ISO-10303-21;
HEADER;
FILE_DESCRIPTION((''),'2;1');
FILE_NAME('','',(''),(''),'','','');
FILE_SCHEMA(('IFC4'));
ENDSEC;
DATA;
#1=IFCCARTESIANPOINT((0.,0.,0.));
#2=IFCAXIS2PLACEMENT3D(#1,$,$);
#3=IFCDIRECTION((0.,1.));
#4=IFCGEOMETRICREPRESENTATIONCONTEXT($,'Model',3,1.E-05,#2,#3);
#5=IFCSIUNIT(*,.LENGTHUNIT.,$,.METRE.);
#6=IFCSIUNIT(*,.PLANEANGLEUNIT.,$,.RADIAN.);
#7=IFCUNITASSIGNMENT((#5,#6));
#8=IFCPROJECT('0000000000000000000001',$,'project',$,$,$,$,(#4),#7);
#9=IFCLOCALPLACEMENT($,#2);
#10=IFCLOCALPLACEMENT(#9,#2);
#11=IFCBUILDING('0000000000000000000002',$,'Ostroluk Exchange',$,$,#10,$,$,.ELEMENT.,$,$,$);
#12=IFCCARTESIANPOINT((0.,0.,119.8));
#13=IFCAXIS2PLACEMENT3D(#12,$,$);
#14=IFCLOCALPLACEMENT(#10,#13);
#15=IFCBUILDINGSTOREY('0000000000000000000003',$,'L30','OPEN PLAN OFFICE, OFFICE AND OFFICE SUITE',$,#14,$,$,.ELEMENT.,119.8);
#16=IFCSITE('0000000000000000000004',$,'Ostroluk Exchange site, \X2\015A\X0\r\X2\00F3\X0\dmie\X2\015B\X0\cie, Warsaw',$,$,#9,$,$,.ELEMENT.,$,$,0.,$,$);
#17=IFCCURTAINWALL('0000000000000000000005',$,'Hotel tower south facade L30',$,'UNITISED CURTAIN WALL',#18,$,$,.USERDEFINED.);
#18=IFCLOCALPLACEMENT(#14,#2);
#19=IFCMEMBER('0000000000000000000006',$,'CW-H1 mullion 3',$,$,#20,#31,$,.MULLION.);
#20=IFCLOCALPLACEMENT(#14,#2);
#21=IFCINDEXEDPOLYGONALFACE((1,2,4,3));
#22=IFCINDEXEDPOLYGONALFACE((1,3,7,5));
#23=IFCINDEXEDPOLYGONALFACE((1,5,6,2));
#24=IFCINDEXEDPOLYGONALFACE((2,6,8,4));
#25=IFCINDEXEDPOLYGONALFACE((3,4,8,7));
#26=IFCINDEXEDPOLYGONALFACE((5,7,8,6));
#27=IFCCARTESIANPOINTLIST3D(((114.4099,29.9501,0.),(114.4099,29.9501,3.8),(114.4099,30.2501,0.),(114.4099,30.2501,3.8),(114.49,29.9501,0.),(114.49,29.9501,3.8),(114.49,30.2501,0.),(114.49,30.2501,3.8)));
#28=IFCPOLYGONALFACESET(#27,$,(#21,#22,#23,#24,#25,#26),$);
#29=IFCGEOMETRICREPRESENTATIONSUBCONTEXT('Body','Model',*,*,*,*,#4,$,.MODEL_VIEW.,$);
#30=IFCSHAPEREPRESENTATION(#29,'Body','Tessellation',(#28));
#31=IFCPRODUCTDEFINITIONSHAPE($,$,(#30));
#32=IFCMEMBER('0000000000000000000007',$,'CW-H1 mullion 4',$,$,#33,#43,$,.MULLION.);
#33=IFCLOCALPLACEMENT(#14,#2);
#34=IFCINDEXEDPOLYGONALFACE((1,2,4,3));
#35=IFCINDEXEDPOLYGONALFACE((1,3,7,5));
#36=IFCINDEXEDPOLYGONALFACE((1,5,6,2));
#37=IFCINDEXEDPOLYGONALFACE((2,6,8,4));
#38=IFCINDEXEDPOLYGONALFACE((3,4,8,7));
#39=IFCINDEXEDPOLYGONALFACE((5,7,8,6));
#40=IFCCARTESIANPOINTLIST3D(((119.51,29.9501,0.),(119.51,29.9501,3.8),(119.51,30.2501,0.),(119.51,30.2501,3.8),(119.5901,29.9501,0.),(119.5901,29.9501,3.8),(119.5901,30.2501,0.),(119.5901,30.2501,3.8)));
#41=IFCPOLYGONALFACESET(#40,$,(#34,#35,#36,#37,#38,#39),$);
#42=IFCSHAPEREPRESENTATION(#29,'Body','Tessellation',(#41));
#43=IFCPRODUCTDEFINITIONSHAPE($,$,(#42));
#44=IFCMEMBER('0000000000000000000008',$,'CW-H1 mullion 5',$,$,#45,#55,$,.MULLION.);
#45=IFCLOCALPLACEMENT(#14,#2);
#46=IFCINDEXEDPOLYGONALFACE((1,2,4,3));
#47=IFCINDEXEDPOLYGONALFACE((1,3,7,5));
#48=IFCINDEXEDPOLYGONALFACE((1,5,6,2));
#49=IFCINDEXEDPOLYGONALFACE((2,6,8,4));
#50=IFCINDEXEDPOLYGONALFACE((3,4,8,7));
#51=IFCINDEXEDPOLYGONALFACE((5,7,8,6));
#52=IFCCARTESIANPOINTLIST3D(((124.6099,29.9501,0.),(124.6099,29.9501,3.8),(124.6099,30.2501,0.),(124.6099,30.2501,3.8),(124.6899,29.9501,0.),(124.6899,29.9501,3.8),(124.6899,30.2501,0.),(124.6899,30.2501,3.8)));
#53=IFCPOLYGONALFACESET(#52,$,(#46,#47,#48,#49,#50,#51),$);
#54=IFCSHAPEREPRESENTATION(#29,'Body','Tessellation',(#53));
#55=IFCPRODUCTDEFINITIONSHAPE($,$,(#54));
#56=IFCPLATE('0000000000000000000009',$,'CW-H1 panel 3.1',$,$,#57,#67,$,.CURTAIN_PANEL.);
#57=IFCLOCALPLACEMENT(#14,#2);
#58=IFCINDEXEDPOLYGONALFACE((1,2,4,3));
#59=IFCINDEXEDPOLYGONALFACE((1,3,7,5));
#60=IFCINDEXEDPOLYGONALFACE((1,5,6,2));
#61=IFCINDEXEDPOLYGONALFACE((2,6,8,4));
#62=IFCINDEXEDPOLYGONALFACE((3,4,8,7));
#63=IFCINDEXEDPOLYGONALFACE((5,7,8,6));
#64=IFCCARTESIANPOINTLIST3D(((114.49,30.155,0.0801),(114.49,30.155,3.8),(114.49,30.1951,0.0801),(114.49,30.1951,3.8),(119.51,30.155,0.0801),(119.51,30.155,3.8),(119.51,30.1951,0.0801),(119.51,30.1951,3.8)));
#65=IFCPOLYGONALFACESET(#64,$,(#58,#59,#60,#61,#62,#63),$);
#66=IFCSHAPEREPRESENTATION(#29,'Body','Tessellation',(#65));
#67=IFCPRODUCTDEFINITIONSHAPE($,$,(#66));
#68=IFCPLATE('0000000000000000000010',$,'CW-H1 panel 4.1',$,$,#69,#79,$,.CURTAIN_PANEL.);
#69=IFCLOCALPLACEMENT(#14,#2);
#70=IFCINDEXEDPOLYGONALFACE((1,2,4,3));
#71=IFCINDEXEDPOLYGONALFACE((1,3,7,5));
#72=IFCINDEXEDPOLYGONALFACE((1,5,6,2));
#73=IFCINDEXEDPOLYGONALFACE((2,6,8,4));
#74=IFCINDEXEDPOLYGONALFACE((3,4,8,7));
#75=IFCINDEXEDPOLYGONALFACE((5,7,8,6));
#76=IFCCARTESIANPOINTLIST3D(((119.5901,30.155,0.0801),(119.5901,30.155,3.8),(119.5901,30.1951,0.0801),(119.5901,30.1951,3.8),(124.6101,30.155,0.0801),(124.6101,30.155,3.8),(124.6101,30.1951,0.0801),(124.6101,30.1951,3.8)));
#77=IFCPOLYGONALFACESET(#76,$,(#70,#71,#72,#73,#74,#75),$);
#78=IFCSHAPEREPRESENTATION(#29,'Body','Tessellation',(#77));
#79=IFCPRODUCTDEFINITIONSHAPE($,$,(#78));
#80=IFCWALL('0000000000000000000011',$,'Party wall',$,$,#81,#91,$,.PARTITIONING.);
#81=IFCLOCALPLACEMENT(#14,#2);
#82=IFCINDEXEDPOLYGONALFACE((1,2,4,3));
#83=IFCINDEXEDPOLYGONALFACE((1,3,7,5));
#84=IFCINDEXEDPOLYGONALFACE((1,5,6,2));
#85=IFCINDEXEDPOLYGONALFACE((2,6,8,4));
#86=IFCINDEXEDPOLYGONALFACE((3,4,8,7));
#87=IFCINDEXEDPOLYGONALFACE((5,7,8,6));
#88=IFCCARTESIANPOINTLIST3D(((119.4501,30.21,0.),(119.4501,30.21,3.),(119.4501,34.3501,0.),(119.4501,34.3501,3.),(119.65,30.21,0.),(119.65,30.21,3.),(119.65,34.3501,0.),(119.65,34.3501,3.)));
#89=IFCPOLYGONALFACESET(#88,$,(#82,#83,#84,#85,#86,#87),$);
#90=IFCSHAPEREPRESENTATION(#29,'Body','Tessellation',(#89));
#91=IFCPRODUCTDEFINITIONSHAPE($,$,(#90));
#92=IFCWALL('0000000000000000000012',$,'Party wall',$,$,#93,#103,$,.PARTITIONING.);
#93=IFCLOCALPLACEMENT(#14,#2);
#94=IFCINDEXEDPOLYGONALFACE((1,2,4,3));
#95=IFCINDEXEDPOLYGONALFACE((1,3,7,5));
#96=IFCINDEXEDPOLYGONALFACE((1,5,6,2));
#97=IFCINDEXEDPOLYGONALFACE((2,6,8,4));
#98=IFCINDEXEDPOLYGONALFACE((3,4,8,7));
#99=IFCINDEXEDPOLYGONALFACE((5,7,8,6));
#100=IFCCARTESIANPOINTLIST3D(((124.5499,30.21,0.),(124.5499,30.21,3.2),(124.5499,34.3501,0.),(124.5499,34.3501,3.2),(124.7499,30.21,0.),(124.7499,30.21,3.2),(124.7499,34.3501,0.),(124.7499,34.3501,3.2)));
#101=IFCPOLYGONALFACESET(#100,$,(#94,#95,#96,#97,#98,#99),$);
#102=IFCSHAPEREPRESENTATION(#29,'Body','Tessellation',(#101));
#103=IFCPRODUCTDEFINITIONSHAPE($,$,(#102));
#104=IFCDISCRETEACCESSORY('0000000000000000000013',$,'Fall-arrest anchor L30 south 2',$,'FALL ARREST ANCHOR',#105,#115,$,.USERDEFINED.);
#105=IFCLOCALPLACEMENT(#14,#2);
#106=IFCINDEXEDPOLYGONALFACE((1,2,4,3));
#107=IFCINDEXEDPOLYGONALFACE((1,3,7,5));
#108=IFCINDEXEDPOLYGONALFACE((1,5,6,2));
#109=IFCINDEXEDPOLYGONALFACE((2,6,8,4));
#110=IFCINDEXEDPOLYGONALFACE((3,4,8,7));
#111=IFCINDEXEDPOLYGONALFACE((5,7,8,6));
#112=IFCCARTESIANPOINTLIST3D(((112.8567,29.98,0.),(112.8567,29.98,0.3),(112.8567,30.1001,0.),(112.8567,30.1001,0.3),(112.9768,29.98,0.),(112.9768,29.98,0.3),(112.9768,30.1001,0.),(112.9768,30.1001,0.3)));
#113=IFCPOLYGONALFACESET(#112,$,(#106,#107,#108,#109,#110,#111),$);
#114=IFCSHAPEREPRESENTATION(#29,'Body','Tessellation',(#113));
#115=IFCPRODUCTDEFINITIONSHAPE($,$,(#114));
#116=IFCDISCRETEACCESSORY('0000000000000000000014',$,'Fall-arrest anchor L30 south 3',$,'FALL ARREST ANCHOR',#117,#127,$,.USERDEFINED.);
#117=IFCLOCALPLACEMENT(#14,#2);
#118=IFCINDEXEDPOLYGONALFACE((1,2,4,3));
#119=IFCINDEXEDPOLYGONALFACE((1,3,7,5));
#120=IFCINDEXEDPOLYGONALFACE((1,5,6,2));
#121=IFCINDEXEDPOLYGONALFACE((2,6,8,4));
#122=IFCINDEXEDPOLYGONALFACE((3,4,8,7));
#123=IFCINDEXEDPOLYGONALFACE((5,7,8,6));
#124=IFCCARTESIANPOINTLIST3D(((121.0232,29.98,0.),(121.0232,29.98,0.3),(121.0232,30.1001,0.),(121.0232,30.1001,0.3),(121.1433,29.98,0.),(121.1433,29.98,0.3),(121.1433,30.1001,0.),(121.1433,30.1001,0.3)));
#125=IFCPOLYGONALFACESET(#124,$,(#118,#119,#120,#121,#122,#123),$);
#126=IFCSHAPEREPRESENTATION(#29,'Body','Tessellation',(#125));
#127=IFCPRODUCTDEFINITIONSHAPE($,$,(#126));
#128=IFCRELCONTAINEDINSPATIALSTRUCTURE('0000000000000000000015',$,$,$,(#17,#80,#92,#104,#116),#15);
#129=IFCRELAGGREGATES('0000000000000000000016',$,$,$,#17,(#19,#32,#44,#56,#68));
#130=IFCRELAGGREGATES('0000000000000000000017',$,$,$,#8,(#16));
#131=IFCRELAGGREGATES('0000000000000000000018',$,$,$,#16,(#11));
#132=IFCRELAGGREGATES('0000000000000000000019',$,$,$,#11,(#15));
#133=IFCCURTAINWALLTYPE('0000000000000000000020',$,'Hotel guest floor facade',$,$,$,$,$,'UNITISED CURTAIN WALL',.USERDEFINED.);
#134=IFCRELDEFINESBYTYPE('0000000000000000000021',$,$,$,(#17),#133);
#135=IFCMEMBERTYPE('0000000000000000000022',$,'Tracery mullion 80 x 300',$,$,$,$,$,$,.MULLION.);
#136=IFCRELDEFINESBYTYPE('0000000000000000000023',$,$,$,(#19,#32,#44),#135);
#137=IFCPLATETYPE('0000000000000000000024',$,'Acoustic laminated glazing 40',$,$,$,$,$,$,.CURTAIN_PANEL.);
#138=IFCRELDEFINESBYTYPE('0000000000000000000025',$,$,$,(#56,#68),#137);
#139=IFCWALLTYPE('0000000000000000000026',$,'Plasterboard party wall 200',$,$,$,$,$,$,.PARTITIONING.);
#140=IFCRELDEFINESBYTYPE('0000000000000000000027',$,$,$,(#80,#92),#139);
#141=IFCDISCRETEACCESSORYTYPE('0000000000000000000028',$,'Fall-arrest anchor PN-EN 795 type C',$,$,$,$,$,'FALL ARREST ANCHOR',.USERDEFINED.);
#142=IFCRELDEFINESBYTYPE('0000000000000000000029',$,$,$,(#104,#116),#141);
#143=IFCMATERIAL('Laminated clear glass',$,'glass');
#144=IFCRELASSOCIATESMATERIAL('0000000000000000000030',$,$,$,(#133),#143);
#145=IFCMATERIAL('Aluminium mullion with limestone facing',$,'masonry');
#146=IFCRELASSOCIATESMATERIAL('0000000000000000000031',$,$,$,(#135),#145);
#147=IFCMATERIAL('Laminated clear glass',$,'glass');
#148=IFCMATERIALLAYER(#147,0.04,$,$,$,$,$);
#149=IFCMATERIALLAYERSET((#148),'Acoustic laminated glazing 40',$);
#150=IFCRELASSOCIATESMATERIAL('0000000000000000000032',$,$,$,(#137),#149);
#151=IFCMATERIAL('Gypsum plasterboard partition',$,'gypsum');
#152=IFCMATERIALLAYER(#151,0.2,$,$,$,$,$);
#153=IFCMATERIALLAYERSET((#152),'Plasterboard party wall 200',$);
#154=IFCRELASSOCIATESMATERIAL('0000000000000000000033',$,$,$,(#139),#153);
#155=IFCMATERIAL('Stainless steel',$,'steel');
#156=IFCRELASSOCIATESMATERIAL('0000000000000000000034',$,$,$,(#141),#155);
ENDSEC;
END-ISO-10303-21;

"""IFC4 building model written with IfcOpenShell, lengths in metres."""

from ifc_helpers import new_model, si_unit, direction, frame, frame_2d, origin, origin_2d, place, context, subcontext, project, spatial, rectangle, extrude, material, layer, layer_set, material_profile, profile_set, type_object, element, aggregate, save


model = new_model("IFC4")

# Units and contexts
model_context = context("Model", 3, precision=1e-05, world=origin(), true_north=direction((0.0, 1.0)))
body_context = subcontext(model_context, "Body", "Model", "MODEL_VIEW")
ifc_project = project(units=[si_unit("LENGTHUNIT", "METRE"), si_unit("PLANEANGLEUNIT", "RADIAN")], contexts=[model_context])

# Site, building, storey
site_placement = place(None, origin())
site = spatial("IfcSite", under=ifc_project, at=site_placement, Name="Ostroluk Exchange site, Śródmieście, Warsaw", CompositionType="ELEMENT", RefElevation=0.0)
building_placement = place(site_placement, origin())
building = spatial("IfcBuilding", under=site, at=building_placement, Name="Ostroluk Exchange", CompositionType="ELEMENT")
storey_placement = place(building_placement, frame((0.0, 0.0, 119.8)))
storey = spatial("IfcBuildingStorey", under=building, at=storey_placement, Name="L30", Description="OPEN PLAN OFFICE, OFFICE AND OFFICE SUITE", CompositionType="ELEMENT", Elevation=119.8)

# Curtain wall, members, plates
ifc_material_1 = material(Name="Laminated clear glass", Category="glass")
curtain_wall_type = type_object("IfcCurtainWallType", Name="Hotel guest floor facade", ElementType="UNITISED CURTAIN WALL", PredefinedType="USERDEFINED", material=ifc_material_1)
curtain_wall_placement = place(storey_placement, origin())
curtain_wall = element("IfcCurtainWall", 1, at=curtain_wall_placement, inside=storey, type_object=curtain_wall_type, Name="Hotel tower south facade L30", ObjectType="UNITISED CURTAIN WALL", PredefinedType="USERDEFINED")
ifc_material_2 = material(Name="Aluminium mullion with limestone facing", Category="masonry")
ifc_material_profile_1 = material_profile(ifc_material_2, rectangle(XDim=0.3, YDim=0.0801, at=origin_2d()), Name="Tracery mullion 80 x 300")
ifc_profile_set_1 = profile_set([ifc_material_profile_1], Name="Aluminium mullion with limestone facing")
member_type_1 = type_object("IfcMemberType", Name="Tracery mullion 80 x 300", PredefinedType="MULLION", material=ifc_profile_set_1)
member_1_placement = place(storey_placement, frame((114.45, 30.1001, 0.0), z_axis=(0.0, 0.0, 1.0), x_axis=(0.0, 1.0, 0.0)))
member_1 = element("IfcMember", 2, at=member_1_placement, type_object=member_type_1, Name="CW-H1 mullion 3", PredefinedType="MULLION", context=body_context, shape_type="SweptSolid", body=[
    extrude(rectangle(XDim=0.3, YDim=0.0801, at=origin_2d()), origin(), (0.0, 0.0, 1.0), 3.8),
])
member_2_placement = place(storey_placement, frame((119.55, 30.1001, 0.0), z_axis=(0.0, 0.0, 1.0), x_axis=(0.0, 1.0, 0.0)))
member_2 = element("IfcMember", 3, at=member_2_placement, type_object=member_type_1, Name="CW-H1 mullion 4", PredefinedType="MULLION", context=body_context, shape_type="SweptSolid", body=[
    extrude(rectangle(XDim=0.3, YDim=0.0801, at=origin_2d()), origin(), (0.0, 0.0, 1.0), 3.8),
])
member_3_placement = place(storey_placement, frame((124.6499, 30.1001, 0.0), z_axis=(0.0, 0.0, 1.0), x_axis=(0.0, 1.0, 0.0)))
member_3 = element("IfcMember", 4, at=member_3_placement, type_object=member_type_1, Name="CW-H1 mullion 5", PredefinedType="MULLION", context=body_context, shape_type="SweptSolid", body=[
    extrude(rectangle(XDim=0.3, YDim=0.0801, at=origin_2d()), origin(), (0.0, 0.0, 1.0), 3.8),
])
ifc_material_3 = material(Name="Laminated clear glass", Category="glass")
ifc_layer_1 = layer(ifc_material_3, 0.04)
ifc_layer_set_1 = layer_set([ifc_layer_1], Name="Acoustic laminated glazing 40")
plate_type = type_object("IfcPlateType", Name="Acoustic laminated glazing 40", PredefinedType="CURTAIN_PANEL", material=ifc_layer_set_1)
plate_1_placement = place(storey_placement, frame((117.0, 30.175, 0.0801), z_axis=(0.0, 0.0, 1.0), x_axis=(1.0, 0.0, 0.0)))
plate_1 = element("IfcPlate", 5, at=plate_1_placement, type_object=plate_type, Name="CW-H1 panel 3.1", PredefinedType="CURTAIN_PANEL", context=body_context, shape_type="SweptSolid", body=[
    extrude(rectangle(XDim=5.02, YDim=0.04, at=origin_2d()), origin(), (0.0, 0.0, 1.0), 3.72),
])
plate_2_placement = place(storey_placement, frame((122.1001, 30.175, 0.0801), z_axis=(0.0, 0.0, 1.0), x_axis=(1.0, 0.0, 0.0)))
plate_2 = element("IfcPlate", 6, at=plate_2_placement, type_object=plate_type, Name="CW-H1 panel 4.1", PredefinedType="CURTAIN_PANEL", context=body_context, shape_type="SweptSolid", body=[
    extrude(rectangle(XDim=5.02, YDim=0.04, at=origin_2d()), origin(), (0.0, 0.0, 1.0), 3.72),
])
aggregate(curtain_wall, [member_1, member_2, member_3, plate_1, plate_2])

# Walls
ifc_material_4 = material(Name="Gypsum plasterboard partition", Category="gypsum")
ifc_layer_2 = layer(ifc_material_4, 0.2)
ifc_layer_set_2 = layer_set([ifc_layer_2], Name="Plasterboard party wall 200")
wall_type = type_object("IfcWallType", Name="Plasterboard party wall 200", PredefinedType="PARTITIONING", material=ifc_layer_set_2)
wall_1_placement = place(storey_placement, frame((119.55, 34.3501, 0.0), z_axis=(0.0, 0.0, 1.0), x_axis=(0.0, -1.0, 0.0)))
element("IfcWall", 7, at=wall_1_placement, inside=storey, type_object=wall_type, Name="Party wall", PredefinedType="PARTITIONING", context=body_context, shape_type="SweptSolid", body=[
    extrude(rectangle(XDim=4.1401, YDim=0.2, at=frame_2d((2.0701, 0.0))), origin(), (0.0, 0.0, 1.0), 3.0),
])
wall_2_placement = place(storey_placement, frame((124.6499, 34.3501, 0.0), z_axis=(0.0, 0.0, 1.0), x_axis=(0.0, -1.0, 0.0)))
element("IfcWall", 8, at=wall_2_placement, inside=storey, type_object=wall_type, Name="Party wall", PredefinedType="PARTITIONING", context=body_context, shape_type="SweptSolid", body=[
    extrude(rectangle(XDim=4.1401, YDim=0.2, at=frame_2d((2.0701, 0.0))), origin(), (0.0, 0.0, 1.0), 3.2),
])

# Discrete accessories
ifc_material_5 = material(Name="Stainless steel", Category="steel")
discrete_accessory_type = type_object("IfcDiscreteAccessoryType", Name="Fall-arrest anchor PN-EN 795 type C", ElementType="FALL ARREST ANCHOR", PredefinedType="USERDEFINED", material=ifc_material_5)
for number, where, z_axis, x_axis, name in (
    (9, (112.9167, 30.04, 0.0), (0.0, 0.0, 1.0), (1.0, 0.0, 0.0), "Fall-arrest anchor L30 south 2"),
    (10, (121.0833, 30.04, 0.0), (0.0, 0.0, 1.0), (1.0, 0.0, 0.0), "Fall-arrest anchor L30 south 3"),
):
    element("IfcDiscreteAccessory", number, at=place(storey_placement, frame(where, z_axis=z_axis, x_axis=x_axis)), inside=storey, type_object=discrete_accessory_type, Name=name, ObjectType="FALL ARREST ANCHOR", PredefinedType="USERDEFINED", context=body_context, shape_type="SweptSolid", body=[
        extrude(rectangle(XDim=0.1201, YDim=0.1201, at=origin_2d()), origin(), (0.0, 0.0, 1.0), 0.3),
    ])

save(model, "model.ifc")
